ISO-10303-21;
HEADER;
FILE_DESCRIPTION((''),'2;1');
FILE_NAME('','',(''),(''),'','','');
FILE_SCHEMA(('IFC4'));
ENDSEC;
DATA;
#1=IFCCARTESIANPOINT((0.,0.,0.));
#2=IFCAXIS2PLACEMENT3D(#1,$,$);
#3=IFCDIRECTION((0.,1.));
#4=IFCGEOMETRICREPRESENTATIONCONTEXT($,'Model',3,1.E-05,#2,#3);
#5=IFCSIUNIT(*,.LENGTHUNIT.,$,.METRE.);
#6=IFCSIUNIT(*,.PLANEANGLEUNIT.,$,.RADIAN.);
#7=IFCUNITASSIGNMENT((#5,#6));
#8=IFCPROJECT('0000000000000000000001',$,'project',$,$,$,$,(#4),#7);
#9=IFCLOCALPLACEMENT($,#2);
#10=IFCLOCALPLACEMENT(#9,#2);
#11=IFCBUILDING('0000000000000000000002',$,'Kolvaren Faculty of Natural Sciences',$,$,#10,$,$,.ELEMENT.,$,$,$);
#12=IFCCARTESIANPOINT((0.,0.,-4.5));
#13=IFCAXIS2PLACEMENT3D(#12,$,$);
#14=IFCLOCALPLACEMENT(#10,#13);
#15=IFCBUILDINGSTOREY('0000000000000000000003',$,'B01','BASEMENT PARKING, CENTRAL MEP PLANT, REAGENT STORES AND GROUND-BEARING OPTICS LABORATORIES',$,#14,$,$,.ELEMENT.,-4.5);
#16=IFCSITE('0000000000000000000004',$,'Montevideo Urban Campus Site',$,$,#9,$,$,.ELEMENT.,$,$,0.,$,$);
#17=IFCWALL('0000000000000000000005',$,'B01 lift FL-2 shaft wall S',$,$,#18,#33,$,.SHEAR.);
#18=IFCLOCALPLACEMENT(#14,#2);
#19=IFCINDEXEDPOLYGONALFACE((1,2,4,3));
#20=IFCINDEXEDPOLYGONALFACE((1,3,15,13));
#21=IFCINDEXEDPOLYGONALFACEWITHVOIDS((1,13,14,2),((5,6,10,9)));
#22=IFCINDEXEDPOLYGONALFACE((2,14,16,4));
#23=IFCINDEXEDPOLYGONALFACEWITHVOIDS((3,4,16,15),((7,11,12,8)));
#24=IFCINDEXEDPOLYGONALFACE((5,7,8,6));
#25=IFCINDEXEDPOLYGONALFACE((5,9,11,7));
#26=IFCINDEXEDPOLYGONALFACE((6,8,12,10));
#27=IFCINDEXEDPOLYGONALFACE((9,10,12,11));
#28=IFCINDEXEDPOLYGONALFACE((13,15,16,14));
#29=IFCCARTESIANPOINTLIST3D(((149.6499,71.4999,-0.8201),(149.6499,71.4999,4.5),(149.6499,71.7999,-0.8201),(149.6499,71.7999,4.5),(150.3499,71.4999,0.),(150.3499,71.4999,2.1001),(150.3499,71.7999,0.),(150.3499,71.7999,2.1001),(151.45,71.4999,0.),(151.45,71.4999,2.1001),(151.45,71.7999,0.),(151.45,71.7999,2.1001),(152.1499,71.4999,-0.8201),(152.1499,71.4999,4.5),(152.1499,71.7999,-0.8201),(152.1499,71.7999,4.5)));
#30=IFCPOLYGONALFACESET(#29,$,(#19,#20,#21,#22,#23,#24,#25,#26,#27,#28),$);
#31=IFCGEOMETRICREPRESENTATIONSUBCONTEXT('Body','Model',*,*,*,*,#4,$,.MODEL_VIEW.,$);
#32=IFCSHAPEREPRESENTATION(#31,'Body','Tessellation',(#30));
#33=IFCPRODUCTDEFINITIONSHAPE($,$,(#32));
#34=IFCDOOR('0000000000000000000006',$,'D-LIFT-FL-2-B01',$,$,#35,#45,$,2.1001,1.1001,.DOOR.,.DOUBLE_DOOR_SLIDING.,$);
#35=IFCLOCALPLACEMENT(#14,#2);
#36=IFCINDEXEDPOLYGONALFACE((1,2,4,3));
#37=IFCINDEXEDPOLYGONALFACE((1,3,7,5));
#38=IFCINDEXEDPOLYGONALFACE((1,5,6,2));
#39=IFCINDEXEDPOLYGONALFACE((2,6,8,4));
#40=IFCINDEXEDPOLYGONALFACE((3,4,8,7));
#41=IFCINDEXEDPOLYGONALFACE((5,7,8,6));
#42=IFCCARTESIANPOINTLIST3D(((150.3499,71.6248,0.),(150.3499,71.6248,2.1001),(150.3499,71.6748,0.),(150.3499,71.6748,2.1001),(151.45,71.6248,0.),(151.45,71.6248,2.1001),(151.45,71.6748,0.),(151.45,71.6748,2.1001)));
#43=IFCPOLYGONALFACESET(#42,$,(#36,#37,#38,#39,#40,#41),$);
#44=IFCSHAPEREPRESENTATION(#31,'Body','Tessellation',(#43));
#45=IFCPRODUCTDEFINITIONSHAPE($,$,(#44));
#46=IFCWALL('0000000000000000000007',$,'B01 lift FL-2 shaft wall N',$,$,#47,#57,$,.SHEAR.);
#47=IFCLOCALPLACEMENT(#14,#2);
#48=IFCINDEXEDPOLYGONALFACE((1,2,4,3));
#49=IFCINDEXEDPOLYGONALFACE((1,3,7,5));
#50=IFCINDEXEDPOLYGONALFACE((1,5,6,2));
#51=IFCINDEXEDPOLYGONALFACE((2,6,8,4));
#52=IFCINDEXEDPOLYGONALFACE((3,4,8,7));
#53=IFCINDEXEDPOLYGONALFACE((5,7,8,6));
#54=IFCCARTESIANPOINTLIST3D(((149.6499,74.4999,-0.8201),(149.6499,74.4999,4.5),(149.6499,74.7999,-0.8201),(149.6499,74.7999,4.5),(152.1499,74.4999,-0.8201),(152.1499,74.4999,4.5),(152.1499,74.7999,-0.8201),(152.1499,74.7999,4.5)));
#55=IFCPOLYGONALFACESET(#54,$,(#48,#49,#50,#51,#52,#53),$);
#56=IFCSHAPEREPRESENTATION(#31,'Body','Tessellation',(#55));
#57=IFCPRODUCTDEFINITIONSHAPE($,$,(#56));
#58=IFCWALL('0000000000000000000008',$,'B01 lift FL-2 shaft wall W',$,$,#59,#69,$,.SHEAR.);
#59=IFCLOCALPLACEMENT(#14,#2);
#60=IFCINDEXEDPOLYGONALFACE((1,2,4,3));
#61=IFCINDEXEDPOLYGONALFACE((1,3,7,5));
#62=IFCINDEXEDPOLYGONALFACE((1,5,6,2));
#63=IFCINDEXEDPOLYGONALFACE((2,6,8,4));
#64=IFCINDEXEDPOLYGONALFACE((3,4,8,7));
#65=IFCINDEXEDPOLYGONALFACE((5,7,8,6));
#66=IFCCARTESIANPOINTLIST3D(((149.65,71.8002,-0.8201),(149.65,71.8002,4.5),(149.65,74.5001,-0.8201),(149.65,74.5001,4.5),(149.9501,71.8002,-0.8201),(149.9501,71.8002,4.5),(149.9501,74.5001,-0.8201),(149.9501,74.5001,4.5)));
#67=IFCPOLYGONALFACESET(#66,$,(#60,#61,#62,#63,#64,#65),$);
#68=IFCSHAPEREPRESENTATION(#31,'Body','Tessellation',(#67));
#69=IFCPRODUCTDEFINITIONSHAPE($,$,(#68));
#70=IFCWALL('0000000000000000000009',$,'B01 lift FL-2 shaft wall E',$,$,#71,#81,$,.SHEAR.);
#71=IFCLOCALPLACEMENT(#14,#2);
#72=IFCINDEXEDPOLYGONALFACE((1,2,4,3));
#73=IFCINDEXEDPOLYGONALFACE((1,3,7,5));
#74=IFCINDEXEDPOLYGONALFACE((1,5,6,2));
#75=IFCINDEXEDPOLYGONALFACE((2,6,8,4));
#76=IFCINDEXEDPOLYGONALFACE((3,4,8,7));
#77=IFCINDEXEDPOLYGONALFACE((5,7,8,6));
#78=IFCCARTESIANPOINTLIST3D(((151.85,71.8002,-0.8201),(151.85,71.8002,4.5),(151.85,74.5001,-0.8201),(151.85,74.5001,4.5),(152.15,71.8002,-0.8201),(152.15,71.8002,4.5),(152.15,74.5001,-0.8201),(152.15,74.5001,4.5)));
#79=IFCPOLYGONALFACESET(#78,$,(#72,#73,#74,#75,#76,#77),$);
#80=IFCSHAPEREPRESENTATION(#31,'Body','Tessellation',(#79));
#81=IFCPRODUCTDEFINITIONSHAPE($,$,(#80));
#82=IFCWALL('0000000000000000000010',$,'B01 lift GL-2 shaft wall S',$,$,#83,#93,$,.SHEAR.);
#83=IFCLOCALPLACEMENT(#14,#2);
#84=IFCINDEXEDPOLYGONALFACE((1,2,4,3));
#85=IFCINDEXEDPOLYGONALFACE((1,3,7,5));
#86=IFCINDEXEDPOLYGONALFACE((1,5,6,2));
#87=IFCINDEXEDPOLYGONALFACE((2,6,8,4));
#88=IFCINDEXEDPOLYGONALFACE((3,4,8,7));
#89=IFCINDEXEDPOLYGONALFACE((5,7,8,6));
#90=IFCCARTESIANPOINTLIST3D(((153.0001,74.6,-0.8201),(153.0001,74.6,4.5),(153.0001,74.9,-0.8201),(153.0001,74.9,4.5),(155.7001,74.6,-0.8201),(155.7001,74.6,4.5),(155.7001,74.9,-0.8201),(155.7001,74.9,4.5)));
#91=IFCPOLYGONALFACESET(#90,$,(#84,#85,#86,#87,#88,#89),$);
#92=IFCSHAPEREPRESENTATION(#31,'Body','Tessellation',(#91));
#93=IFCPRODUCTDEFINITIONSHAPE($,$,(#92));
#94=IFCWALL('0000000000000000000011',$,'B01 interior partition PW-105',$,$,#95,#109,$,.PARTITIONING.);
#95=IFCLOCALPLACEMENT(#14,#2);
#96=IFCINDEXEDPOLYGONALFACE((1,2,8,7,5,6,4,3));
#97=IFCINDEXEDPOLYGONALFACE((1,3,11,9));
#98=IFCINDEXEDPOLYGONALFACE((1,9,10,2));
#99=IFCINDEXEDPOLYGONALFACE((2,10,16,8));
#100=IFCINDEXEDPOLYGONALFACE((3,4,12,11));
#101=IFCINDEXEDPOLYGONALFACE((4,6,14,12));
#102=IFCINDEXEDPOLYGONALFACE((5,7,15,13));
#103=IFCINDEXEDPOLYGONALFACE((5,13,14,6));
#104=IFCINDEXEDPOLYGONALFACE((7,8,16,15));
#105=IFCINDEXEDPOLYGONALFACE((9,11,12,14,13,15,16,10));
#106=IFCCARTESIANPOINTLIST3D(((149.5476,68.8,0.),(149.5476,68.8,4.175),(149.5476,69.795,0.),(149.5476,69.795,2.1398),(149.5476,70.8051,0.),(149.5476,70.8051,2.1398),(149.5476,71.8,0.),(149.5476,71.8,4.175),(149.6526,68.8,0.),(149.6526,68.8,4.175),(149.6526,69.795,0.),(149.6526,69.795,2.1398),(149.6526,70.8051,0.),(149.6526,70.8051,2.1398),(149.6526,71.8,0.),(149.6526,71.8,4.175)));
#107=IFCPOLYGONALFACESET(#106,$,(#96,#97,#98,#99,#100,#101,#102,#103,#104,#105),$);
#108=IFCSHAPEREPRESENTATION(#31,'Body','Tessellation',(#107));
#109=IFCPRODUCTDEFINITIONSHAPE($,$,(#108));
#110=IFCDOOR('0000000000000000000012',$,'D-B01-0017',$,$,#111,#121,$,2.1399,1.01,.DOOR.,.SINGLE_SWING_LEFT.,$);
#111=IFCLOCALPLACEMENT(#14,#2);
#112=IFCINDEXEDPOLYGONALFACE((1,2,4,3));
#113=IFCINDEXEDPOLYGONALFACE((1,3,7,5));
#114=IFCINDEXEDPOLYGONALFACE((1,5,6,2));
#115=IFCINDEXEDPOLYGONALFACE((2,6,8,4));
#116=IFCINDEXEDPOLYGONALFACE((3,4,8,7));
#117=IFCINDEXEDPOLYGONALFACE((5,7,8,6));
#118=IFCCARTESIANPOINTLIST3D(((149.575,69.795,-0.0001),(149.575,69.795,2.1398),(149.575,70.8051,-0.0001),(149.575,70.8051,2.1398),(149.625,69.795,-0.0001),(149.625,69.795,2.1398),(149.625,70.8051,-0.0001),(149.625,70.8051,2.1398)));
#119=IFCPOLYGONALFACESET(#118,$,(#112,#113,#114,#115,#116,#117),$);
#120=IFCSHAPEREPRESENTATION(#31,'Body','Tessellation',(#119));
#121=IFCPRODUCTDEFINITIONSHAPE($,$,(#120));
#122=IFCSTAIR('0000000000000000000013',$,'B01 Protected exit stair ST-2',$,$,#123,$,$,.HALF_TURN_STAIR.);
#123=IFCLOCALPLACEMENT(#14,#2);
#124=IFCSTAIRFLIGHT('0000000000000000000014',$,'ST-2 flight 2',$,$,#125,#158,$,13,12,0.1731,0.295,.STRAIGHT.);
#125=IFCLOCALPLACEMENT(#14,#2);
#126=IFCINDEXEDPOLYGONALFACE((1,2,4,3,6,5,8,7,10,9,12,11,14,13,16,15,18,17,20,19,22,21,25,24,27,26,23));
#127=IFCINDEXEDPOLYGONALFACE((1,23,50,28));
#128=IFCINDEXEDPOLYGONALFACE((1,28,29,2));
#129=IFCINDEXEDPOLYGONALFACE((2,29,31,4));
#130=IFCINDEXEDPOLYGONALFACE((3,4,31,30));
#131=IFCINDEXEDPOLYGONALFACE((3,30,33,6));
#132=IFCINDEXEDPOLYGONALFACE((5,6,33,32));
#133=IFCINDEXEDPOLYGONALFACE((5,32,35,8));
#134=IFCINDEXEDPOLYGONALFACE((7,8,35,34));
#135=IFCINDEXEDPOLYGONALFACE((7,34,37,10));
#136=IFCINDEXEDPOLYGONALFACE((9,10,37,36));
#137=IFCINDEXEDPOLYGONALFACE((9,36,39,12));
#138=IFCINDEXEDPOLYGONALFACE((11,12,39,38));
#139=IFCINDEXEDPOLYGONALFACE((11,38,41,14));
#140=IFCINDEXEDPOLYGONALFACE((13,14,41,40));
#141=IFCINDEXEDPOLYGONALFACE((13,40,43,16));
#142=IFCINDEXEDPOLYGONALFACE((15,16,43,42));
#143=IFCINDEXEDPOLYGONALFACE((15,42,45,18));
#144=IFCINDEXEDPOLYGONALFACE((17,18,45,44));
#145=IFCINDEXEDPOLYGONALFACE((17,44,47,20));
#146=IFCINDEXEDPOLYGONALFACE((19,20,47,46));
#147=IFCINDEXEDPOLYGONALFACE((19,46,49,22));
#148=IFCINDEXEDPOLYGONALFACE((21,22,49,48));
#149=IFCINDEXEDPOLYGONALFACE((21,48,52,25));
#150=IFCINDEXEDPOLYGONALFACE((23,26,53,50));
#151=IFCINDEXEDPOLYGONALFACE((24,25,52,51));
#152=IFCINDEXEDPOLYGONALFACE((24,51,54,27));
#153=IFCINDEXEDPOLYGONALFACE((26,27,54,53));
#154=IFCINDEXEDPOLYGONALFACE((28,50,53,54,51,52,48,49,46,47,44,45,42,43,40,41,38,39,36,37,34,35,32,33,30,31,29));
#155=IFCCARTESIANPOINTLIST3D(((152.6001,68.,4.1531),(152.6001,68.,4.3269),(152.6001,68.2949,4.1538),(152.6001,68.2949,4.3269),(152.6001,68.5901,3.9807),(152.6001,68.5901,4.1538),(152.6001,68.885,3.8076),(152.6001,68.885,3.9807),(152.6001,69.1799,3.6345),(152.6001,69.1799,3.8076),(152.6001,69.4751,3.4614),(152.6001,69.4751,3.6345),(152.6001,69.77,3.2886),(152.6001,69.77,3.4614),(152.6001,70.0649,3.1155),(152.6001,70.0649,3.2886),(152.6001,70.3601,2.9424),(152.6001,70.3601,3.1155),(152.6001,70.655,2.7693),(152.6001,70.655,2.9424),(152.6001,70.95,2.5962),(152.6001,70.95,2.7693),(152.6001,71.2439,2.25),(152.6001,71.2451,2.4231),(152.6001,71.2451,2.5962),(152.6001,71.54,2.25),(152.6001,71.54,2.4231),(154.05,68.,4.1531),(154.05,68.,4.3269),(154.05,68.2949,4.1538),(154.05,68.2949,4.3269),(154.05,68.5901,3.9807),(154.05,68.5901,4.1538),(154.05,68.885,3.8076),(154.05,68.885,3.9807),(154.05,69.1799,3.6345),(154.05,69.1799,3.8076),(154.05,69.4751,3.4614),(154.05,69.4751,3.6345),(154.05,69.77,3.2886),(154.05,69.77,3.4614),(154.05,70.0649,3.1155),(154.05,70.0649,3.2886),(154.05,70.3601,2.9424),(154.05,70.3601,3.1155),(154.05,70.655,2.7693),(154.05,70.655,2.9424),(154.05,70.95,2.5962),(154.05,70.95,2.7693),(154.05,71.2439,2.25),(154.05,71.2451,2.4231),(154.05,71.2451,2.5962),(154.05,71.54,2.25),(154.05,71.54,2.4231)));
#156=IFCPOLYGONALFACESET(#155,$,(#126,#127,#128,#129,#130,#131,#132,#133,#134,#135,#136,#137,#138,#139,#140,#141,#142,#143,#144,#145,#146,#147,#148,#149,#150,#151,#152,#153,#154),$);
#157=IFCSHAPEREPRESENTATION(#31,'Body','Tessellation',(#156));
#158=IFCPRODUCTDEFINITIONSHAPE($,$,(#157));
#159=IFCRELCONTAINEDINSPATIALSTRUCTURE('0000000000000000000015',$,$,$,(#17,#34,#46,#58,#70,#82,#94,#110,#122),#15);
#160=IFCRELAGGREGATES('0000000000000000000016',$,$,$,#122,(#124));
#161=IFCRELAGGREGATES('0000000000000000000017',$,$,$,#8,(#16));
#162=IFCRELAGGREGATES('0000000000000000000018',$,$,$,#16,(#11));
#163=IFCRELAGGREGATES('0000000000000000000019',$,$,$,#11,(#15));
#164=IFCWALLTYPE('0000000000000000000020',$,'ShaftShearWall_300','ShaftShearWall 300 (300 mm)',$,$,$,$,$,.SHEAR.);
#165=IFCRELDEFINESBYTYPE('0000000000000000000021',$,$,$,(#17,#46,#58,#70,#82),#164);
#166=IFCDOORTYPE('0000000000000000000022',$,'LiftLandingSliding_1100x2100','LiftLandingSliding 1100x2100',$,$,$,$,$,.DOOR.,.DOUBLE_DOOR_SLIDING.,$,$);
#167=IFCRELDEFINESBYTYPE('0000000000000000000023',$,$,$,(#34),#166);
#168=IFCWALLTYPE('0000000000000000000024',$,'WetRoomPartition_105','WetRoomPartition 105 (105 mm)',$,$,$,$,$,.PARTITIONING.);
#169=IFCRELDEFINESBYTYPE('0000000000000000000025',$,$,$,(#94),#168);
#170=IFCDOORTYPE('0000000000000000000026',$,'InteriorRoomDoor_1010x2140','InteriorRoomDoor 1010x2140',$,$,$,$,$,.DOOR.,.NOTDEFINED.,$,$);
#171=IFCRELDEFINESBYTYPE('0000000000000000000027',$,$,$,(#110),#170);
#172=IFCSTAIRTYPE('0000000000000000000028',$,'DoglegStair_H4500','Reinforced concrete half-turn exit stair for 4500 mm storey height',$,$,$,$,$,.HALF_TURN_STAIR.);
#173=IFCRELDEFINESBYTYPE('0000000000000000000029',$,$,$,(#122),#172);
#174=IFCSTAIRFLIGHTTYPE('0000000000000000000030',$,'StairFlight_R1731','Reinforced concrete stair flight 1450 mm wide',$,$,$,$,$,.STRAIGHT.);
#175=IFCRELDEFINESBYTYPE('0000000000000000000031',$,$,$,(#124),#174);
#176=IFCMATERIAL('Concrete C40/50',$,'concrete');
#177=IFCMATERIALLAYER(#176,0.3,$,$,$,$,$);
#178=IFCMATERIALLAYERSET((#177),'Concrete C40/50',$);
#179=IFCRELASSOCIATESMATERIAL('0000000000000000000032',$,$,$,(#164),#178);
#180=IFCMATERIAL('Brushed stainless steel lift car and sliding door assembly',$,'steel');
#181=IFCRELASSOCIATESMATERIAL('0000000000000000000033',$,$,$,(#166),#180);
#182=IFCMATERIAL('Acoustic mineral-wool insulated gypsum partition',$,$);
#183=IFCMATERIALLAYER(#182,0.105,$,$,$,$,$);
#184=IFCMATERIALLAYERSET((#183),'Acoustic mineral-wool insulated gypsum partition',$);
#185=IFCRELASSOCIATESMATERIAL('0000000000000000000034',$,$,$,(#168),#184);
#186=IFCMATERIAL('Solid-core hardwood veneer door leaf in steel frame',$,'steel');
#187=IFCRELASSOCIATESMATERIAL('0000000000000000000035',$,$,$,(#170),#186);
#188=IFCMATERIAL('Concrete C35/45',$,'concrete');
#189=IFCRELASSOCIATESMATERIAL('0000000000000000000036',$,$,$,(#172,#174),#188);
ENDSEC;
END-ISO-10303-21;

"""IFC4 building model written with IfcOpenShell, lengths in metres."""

from ifc_helpers import new_model, si_unit, direction, frame, frame_2d, origin, place, context, subcontext, project, spatial, polyline, rectangle, outline, extrude, material, layer, layer_set, type_object, element, fill, aggregate, save


model = new_model("IFC4")

# Units and contexts
model_context = context("Model", 3, precision=1e-05, world=origin(), true_north=direction((0.0, 1.0)))
body_context = subcontext(model_context, "Body", "Model", "MODEL_VIEW")
ifc_project = project(units=[si_unit("LENGTHUNIT", "METRE"), si_unit("PLANEANGLEUNIT", "RADIAN")], contexts=[model_context])

# Site, building, storey
site_placement = place(None, origin())
site = spatial("IfcSite", under=ifc_project, at=site_placement, Name="Montevideo Urban Campus Site", CompositionType="ELEMENT", RefElevation=0.0)
building_placement = place(site_placement, origin())
building = spatial("IfcBuilding", under=site, at=building_placement, Name="Kolvaren Faculty of Natural Sciences", CompositionType="ELEMENT")
storey_placement = place(building_placement, frame((0.0, 0.0, -4.5)))
storey = spatial("IfcBuildingStorey", under=building, at=storey_placement, Name="B01", Description="BASEMENT PARKING, CENTRAL MEP PLANT, REAGENT STORES AND GROUND-BEARING OPTICS LABORATORIES", CompositionType="ELEMENT", Elevation=-4.5)

# Shared definitions
ifc_material_1 = material(Name="Concrete C35/45", Category="concrete")

# Shared definitions
ifc_material_2 = material(Name="Concrete C40/50", Category="concrete")

# Wall, opening, door
ifc_layer_1 = layer(ifc_material_2, 0.3)
ifc_layer_set_1 = layer_set([ifc_layer_1], Name="Concrete C40/50")
wall_type_1 = type_object("IfcWallType", Name="ShaftShearWall_300", Description="ShaftShearWall 300 (300 mm)", PredefinedType="SHEAR", material=ifc_layer_set_1)
wall_1_placement = place(storey_placement, frame((149.6499, 71.6499, -0.8201), z_axis=(0.0, 0.0, 1.0), x_axis=(1.0, 0.0, 0.0)))
wall_1 = element("IfcWall", 1, at=wall_1_placement, inside=storey, type_object=wall_type_1, Name="B01 lift FL-2 shaft wall S", PredefinedType="SHEAR", context=body_context, shape_type="SweptSolid", body=[
    extrude(rectangle(XDim=2.5, YDim=0.3, at=frame_2d((1.25, 0.0))), origin(), (0.0, 0.0, 1.0), 5.3201),
])
opening_1_placement = place(wall_1_placement, frame((0.7, 0.0, 0.8201)))
opening_1 = element("IfcOpeningElement", 2, at=opening_1_placement, cuts=wall_1, PredefinedType="OPENING", context=body_context, shape_type="SweptSolid", body=[
    extrude(rectangle(XDim=1.1001, YDim=2.1001, at=frame_2d((0.55, 1.05))), frame((0.0, 0.1599, 0.0), z_axis=(0.0, -1.0, 0.0), x_axis=(1.0, 0.0, 0.0)), (0.0, 0.0, 1.0), 0.3201),
])
ifc_material_3 = material(Name="Brushed stainless steel lift car and sliding door assembly", Category="steel")
door_type_1 = type_object("IfcDoorType", Name="LiftLandingSliding_1100x2100", Description="LiftLandingSliding 1100x2100", OperationType="DOUBLE_DOOR_SLIDING", PredefinedType="DOOR", material=ifc_material_3)
door_1_placement = place(opening_1_placement, origin())
door_1 = element("IfcDoor", 3, at=door_1_placement, inside=storey, type_object=door_type_1, Name="D-LIFT-FL-2-B01", OperationType="DOUBLE_DOOR_SLIDING", OverallHeight=2.1001, OverallWidth=1.1001, PredefinedType="DOOR", context=body_context, shape_type="SweptSolid", body=[
    extrude(rectangle(XDim=1.1001, YDim=2.1001, at=frame_2d((0.55, 1.05))), frame((0.0, 0.0249, 0.0), z_axis=(0.0, -1.0, 0.0), x_axis=(1.0, 0.0, 0.0)), (0.0, 0.0, 1.0), 0.05),
])
fill(opening_1, door_1)

# Walls
wall_2_placement = place(storey_placement, frame((149.6499, 74.6499, -0.8201), z_axis=(0.0, 0.0, 1.0), x_axis=(1.0, 0.0, 0.0)))
element("IfcWall", 4, at=wall_2_placement, inside=storey, type_object=wall_type_1, Name="B01 lift FL-2 shaft wall N", PredefinedType="SHEAR", context=body_context, shape_type="SweptSolid", body=[
    extrude(rectangle(XDim=2.5, YDim=0.3, at=frame_2d((1.25, 0.0))), origin(), (0.0, 0.0, 1.0), 5.3201),
])
for number, where, z_axis, x_axis, name in (
    (5, (149.8, 71.8, -0.8201), (0.0, 0.0, 1.0), (0.0, 1.0, 0.0), "B01 lift FL-2 shaft wall W"),
    (6, (152.0, 71.8, -0.8201), (0.0, 0.0, 1.0), (0.0, 1.0, 0.0), "B01 lift FL-2 shaft wall E"),
    (7, (153.0, 74.75, -0.8201), (0.0, 0.0, 1.0), (1.0, 0.0, 0.0), "B01 lift GL-2 shaft wall S"),
):
    element("IfcWall", number, at=place(storey_placement, frame(where, z_axis=z_axis, x_axis=x_axis)), inside=storey, type_object=wall_type_1, Name=name, PredefinedType="SHEAR", context=body_context, shape_type="SweptSolid", body=[
        extrude(rectangle(XDim=2.7, YDim=0.3, at=frame_2d((1.3501, 0.0))), origin(), (0.0, 0.0, 1.0), 5.3201),
    ])

# Wall, opening, door
ifc_material_4 = material(Name="Acoustic mineral-wool insulated gypsum partition")
ifc_layer_2 = layer(ifc_material_4, 0.105)
ifc_layer_set_2 = layer_set([ifc_layer_2], Name="Acoustic mineral-wool insulated gypsum partition")
wall_type_2 = type_object("IfcWallType", Name="WetRoomPartition_105", Description="WetRoomPartition 105 (105 mm)", PredefinedType="PARTITIONING", material=ifc_layer_set_2)
wall_3_placement = place(storey_placement, frame((149.6001, 71.8, 0.0), z_axis=(0.0, 0.0, 1.0), x_axis=(0.0, -1.0, 0.0)))
wall_3 = element("IfcWall", 8, at=wall_3_placement, inside=storey, type_object=wall_type_2, Name="B01 interior partition PW-105", PredefinedType="PARTITIONING", context=body_context, shape_type="SweptSolid", body=[
    extrude(rectangle(XDim=3.0, YDim=0.105, at=frame_2d((1.5, 0.0))), origin(), (0.0, 0.0, 1.0), 4.175),
])
opening_2_placement = place(wall_3_placement, frame((0.9951, 0.0, 0.0)))
opening_2 = element("IfcOpeningElement", 9, at=opening_2_placement, cuts=wall_3, PredefinedType="OPENING", context=body_context, shape_type="SweptSolid", body=[
    extrude(rectangle(XDim=1.01, YDim=2.1399, at=frame_2d((0.5049, 1.0698))), frame((0.0, 0.0625, 0.0), z_axis=(0.0, -1.0, 0.0), x_axis=(1.0, 0.0, 0.0)), (0.0, 0.0, 1.0), 0.125),
])
ifc_material_5 = material(Name="Solid-core hardwood veneer door leaf in steel frame", Category="steel")
door_type_2 = type_object("IfcDoorType", Name="InteriorRoomDoor_1010x2140", Description="InteriorRoomDoor 1010x2140", OperationType="NOTDEFINED", PredefinedType="DOOR", material=ifc_material_5)
door_2_placement = place(opening_2_placement, origin())
door_2 = element("IfcDoor", 10, at=door_2_placement, inside=storey, type_object=door_type_2, Name="D-B01-0017", OperationType="SINGLE_SWING_LEFT", OverallHeight=2.1399, OverallWidth=1.01, PredefinedType="DOOR", context=body_context, shape_type="SweptSolid", body=[
    extrude(rectangle(XDim=1.01, YDim=2.1399, at=frame_2d((0.5049, 1.0698))), frame((0.0, 0.0249, 0.0), z_axis=(0.0, -1.0, 0.0), x_axis=(1.0, 0.0, 0.0)), (0.0, 0.0, 1.0), 0.05),
])
fill(opening_2, door_2)

# Stair, stair flight
stair_type = type_object("IfcStairType", Name="DoglegStair_H4500", Description="Reinforced concrete half-turn exit stair for 4500 mm storey height", PredefinedType="HALF_TURN_STAIR", material=ifc_material_1)
stair_placement = place(storey_placement, origin())
stair = element("IfcStair", 11, at=stair_placement, inside=storey, type_object=stair_type, Name="B01 Protected exit stair ST-2", PredefinedType="HALF_TURN_STAIR")
stair_flight_type = type_object("IfcStairFlightType", Name="StairFlight_R1731", Description="Reinforced concrete stair flight 1450 mm wide", PredefinedType="STRAIGHT", material=ifc_material_1)
stair_flight_placement = place(storey_placement, frame((153.325, 71.54, 2.25), z_axis=(0.0, 0.0, 1.0), x_axis=(0.0, -1.0, 0.0)))
stair_flight = element("IfcStairFlight", 12, at=stair_flight_placement, type_object=stair_flight_type, Name="ST-2 flight 2", NumberOfRisers=13, NumberOfTreads=12, PredefinedType="STRAIGHT", RiserHeight=0.1731, TreadLength=0.295, context=body_context, shape_type="SweptSolid", body=[
    extrude(outline(polyline([(0.0, 0.0), (0.0, 0.1731), (0.2949, 0.1731), (0.2949, 0.3462), (0.5901, 0.3462), (0.5901, 0.5193), (0.885, 0.5193), (0.885, 0.6924), (1.1799, 0.6924), (1.1799, 0.8655), (1.4751, 0.8655), (1.4751, 1.0386), (1.77, 1.0386), (1.77, 1.2114), (2.0649, 1.2114), (2.0649, 1.3845), (2.3601, 1.3845), (2.3601, 1.5576), (2.655, 1.5576), (2.655, 1.7307), (2.95, 1.7307), (2.95, 1.9038), (3.2451, 1.9038), (3.2451, 2.0769), (3.54, 2.0769), (3.54, 2.25), (3.54, 1.9031), (0.2961, 0.0), (0.0, 0.0)])), frame((0.0, 0.7251, 0.0), z_axis=(0.0, -1.0, 0.0), x_axis=(1.0, 0.0, 0.0)), (0.0, 0.0, 1.0), 1.45),
])
aggregate(stair, [stair_flight])

save(model, "model.ifc")
